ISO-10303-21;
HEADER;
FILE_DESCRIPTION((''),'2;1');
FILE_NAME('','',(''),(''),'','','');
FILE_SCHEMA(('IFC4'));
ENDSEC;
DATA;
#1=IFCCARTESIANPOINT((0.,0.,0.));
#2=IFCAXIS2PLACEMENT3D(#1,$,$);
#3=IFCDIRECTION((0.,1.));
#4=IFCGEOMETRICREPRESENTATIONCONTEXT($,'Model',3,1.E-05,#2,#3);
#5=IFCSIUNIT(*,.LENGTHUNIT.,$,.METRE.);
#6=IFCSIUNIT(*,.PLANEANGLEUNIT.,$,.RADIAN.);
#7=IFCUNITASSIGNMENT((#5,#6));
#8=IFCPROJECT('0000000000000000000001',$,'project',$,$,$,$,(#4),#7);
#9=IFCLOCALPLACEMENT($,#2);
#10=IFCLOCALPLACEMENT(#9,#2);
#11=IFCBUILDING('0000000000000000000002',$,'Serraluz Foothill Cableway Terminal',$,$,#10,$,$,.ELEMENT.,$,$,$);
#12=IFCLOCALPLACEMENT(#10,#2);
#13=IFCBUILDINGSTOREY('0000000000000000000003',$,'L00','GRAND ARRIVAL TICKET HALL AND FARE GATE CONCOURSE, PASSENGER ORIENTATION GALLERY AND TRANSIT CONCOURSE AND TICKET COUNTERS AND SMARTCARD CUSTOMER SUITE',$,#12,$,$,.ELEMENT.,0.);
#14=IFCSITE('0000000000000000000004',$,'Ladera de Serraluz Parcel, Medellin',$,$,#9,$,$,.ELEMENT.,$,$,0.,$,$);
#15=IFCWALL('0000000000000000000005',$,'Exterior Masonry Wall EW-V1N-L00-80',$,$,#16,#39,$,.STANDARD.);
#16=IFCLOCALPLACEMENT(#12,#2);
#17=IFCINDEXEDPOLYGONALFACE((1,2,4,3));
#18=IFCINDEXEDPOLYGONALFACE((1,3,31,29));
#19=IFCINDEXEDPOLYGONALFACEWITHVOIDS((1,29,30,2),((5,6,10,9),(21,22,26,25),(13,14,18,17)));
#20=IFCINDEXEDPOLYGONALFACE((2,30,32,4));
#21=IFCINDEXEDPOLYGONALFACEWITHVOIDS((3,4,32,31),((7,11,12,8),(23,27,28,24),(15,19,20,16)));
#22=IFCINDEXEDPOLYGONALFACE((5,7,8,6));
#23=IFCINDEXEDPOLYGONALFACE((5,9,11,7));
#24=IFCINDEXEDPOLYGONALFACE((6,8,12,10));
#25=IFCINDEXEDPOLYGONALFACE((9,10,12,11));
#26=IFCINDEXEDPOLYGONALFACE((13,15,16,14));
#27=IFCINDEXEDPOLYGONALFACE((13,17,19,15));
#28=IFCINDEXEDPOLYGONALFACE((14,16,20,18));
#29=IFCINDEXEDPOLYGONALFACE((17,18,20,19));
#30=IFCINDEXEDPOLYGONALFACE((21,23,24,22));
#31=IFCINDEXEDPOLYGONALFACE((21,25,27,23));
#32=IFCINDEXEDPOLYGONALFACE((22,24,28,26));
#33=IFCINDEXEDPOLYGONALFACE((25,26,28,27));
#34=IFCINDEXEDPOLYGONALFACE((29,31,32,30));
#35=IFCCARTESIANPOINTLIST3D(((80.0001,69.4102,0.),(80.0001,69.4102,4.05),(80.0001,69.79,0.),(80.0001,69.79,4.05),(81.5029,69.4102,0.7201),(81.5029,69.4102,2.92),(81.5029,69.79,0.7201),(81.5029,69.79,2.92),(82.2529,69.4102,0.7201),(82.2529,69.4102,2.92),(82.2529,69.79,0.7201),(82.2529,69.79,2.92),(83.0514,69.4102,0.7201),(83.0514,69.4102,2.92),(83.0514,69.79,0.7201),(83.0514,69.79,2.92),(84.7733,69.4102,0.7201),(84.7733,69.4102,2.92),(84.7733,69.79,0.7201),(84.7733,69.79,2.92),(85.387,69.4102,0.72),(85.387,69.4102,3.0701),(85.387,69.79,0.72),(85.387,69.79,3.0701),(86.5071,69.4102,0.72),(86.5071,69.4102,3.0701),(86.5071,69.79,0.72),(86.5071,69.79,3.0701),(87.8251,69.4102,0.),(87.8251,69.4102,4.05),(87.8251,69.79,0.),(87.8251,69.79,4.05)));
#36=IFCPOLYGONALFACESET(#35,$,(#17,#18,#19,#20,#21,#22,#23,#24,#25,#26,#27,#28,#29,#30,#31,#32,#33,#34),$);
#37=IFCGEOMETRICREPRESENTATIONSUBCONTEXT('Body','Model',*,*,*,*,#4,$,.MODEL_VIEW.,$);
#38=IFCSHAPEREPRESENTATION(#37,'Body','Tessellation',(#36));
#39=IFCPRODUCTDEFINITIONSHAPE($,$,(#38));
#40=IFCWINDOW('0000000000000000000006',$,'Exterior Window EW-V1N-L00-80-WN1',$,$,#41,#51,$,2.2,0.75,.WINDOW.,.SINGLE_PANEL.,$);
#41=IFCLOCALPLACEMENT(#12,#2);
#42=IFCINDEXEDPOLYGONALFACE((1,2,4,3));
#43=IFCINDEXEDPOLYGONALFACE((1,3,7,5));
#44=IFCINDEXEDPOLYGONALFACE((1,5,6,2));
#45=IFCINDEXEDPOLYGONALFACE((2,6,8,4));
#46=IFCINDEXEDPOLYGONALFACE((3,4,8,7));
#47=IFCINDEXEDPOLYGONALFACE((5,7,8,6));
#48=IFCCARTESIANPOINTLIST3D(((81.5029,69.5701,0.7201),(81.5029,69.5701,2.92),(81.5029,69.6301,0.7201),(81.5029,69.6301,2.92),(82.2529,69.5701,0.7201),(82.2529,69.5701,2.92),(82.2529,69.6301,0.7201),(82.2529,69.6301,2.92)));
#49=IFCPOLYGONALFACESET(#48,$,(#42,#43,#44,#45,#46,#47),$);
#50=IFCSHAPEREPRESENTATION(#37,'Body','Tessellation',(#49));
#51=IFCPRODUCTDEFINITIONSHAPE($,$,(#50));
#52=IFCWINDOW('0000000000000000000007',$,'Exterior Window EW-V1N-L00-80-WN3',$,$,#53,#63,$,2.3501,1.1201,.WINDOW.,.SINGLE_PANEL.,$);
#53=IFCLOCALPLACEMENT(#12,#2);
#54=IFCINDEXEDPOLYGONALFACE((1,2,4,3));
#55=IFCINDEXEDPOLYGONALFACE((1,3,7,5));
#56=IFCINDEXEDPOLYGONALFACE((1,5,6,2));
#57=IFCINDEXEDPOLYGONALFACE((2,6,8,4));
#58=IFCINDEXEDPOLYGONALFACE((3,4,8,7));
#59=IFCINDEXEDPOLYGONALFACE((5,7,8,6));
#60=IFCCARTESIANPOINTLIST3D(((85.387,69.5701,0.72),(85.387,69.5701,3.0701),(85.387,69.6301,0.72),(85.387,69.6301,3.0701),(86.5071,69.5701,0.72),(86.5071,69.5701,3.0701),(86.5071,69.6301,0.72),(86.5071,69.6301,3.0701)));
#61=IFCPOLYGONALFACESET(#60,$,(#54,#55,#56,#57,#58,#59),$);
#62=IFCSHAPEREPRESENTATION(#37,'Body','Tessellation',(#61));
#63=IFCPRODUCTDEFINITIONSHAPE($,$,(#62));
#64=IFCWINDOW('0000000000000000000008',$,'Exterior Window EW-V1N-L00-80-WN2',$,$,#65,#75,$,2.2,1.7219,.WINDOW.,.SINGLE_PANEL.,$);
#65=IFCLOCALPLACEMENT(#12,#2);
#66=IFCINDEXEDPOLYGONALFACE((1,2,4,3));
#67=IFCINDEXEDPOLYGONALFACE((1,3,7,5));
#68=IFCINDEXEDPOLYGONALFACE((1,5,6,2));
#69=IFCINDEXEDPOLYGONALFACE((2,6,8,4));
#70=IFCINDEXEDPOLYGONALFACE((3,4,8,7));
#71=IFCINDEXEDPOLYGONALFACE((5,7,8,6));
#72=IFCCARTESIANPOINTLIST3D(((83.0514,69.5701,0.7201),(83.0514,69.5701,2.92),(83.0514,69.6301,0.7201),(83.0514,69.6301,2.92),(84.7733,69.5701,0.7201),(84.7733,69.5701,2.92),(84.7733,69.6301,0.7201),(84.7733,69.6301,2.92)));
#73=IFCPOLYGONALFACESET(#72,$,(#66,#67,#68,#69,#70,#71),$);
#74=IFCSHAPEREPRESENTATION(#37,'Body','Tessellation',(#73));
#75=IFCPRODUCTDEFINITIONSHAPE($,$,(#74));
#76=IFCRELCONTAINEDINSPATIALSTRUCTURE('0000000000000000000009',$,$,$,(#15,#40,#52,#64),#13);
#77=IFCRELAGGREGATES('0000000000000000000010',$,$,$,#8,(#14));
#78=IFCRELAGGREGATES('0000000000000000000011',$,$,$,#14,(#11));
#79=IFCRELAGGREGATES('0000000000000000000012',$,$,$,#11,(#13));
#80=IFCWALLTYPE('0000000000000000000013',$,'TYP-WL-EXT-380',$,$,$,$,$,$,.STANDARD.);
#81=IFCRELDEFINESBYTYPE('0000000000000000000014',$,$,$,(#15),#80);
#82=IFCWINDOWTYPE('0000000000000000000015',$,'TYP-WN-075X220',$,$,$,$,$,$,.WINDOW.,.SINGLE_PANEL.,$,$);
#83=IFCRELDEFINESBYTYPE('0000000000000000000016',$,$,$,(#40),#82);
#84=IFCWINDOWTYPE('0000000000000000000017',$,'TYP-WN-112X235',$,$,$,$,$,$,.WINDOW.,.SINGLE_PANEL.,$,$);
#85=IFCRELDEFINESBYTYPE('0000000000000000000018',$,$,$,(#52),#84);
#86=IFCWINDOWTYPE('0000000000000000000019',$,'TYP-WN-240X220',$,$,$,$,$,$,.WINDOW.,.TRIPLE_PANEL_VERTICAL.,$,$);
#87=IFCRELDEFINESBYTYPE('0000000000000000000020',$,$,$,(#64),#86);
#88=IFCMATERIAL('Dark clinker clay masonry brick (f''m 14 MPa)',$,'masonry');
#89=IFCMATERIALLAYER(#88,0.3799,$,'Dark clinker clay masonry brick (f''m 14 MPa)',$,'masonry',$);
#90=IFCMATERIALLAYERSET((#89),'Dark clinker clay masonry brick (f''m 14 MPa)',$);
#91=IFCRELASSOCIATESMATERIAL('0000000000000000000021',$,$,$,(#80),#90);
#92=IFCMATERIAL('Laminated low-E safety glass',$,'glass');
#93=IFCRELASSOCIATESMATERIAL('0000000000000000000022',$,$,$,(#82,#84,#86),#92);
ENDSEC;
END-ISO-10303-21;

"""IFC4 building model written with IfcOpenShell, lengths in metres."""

from ifc_helpers import new_model, si_unit, direction, frame, frame_2d, origin, place, context, subcontext, project, spatial, rectangle, extrude, material, layer, layer_set, type_object, element, fill, save


model = new_model("IFC4")

# Units and contexts
model_context = context("Model", 3, precision=1e-05, world=origin(), true_north=direction((0.0, 1.0)))
body_context = subcontext(model_context, "Body", "Model", "MODEL_VIEW")
ifc_project = project(units=[si_unit("LENGTHUNIT", "METRE"), si_unit("PLANEANGLEUNIT", "RADIAN")], contexts=[model_context])

# Site, building, storey
site_placement = place(None, origin())
site = spatial("IfcSite", under=ifc_project, at=site_placement, Name="Ladera de Serraluz Parcel, Medellin", CompositionType="ELEMENT", RefElevation=0.0)
building_placement = place(site_placement, origin())
building = spatial("IfcBuilding", under=site, at=building_placement, Name="Serraluz Foothill Cableway Terminal", CompositionType="ELEMENT")
storey_placement = place(building_placement, origin())
storey = spatial("IfcBuildingStorey", under=building, at=storey_placement, Name="L00", Description="GRAND ARRIVAL TICKET HALL AND FARE GATE CONCOURSE, PASSENGER ORIENTATION GALLERY AND TRANSIT CONCOURSE AND TICKET COUNTERS AND SMARTCARD CUSTOMER SUITE", CompositionType="ELEMENT", Elevation=0.0)

# Shared definitions
ifc_material_1 = material(Name="Dark clinker clay masonry brick (f'm 14 MPa)", Category="masonry")

# Wall, openings, windows
ifc_layer_1 = layer(ifc_material_1, 0.3799, Name="Dark clinker clay masonry brick (f'm 14 MPa)", Category="masonry")
ifc_layer_set_1 = layer_set([ifc_layer_1], Name="Dark clinker clay masonry brick (f'm 14 MPa)")
wall_type = type_object("IfcWallType", Name="TYP-WL-EXT-380", PredefinedType="STANDARD", material=ifc_layer_set_1)
wall_placement = place(storey_placement, frame((80.0, 69.6001, 0.0), z_axis=(0.0, 0.0, 1.0), x_axis=(1.0, 0.0, 0.0)))
wall = element("IfcWall", 1, at=wall_placement, inside=storey, type_object=wall_type, Name="Exterior Masonry Wall EW-V1N-L00-80", PredefinedType="STANDARD", context=body_context, shape_type="SweptSolid", body=[
    extrude(rectangle(XDim=7.825, YDim=0.3799, at=frame_2d((3.9126, 0.0))), origin(), (0.0, 0.0, 1.0), 4.05),
])
opening_1_placement = place(wall_placement, frame((1.5029, 0.0, 0.72)))
opening_1 = element("IfcOpeningElement", 2, at=opening_1_placement, cuts=wall, PredefinedType="OPENING", context=body_context, shape_type="SweptSolid", body=[
    extrude(rectangle(XDim=0.75, YDim=2.2, at=frame_2d((0.375, 1.1001))), frame((0.0, 0.2, 0.0), z_axis=(0.0, -1.0, 0.0), x_axis=(1.0, 0.0, 0.0)), (0.0, 0.0, 1.0), 0.3999),
])
opening_2_placement = place(wall_placement, frame((3.0515, 0.0, 0.72)))
opening_2 = element("IfcOpeningElement", 3, at=opening_2_placement, cuts=wall, PredefinedType="OPENING", context=body_context, shape_type="SweptSolid", body=[
    extrude(rectangle(XDim=1.7219, YDim=2.2, at=frame_2d((0.8608, 1.1001))), frame((0.0, 0.2, 0.0), z_axis=(0.0, -1.0, 0.0), x_axis=(1.0, 0.0, 0.0)), (0.0, 0.0, 1.0), 0.3999),
])
opening_3_placement = place(wall_placement, frame((5.387, 0.0, 0.72)))
opening_3 = element("IfcOpeningElement", 4, at=opening_3_placement, cuts=wall, PredefinedType="OPENING", context=body_context, shape_type="SweptSolid", body=[
    extrude(rectangle(XDim=1.1201, YDim=2.3501, at=frame_2d((0.5601, 1.175))), frame((0.0, 0.2, 0.0), z_axis=(0.0, -1.0, 0.0), x_axis=(1.0, 0.0, 0.0)), (0.0, 0.0, 1.0), 0.3999),
])
ifc_material_2 = material(Name="Laminated low-E safety glass", Category="glass")
window_type_1 = type_object("IfcWindowType", Name="TYP-WN-075X220", PartitioningType="SINGLE_PANEL", PredefinedType="WINDOW", material=ifc_material_2)
window_1_placement = place(opening_1_placement, origin())
window_1 = element("IfcWindow", 5, at=window_1_placement, inside=storey, type_object=window_type_1, Name="Exterior Window EW-V1N-L00-80-WN1", OverallHeight=2.2, OverallWidth=0.75, PartitioningType="SINGLE_PANEL", PredefinedType="WINDOW", context=body_context, shape_type="SweptSolid", body=[
    extrude(rectangle(XDim=0.75, YDim=2.2, at=frame_2d((0.375, 1.1001))), frame((0.0, 0.03, 0.0), z_axis=(0.0, -1.0, 0.0), x_axis=(1.0, 0.0, 0.0)), (0.0, 0.0, 1.0), 0.0601),
])
fill(opening_1, window_1)
window_type_2 = type_object("IfcWindowType", Name="TYP-WN-112X235", PartitioningType="SINGLE_PANEL", PredefinedType="WINDOW", material=ifc_material_2)
window_2_placement = place(opening_3_placement, origin())
window_2 = element("IfcWindow", 6, at=window_2_placement, inside=storey, type_object=window_type_2, Name="Exterior Window EW-V1N-L00-80-WN3", OverallHeight=2.3501, OverallWidth=1.1201, PartitioningType="SINGLE_PANEL", PredefinedType="WINDOW", context=body_context, shape_type="SweptSolid", body=[
    extrude(rectangle(XDim=1.1201, YDim=2.3501, at=frame_2d((0.5601, 1.175))), frame((0.0, 0.03, 0.0), z_axis=(0.0, -1.0, 0.0), x_axis=(1.0, 0.0, 0.0)), (0.0, 0.0, 1.0), 0.0601),
])
fill(opening_3, window_2)
window_type_3 = type_object("IfcWindowType", Name="TYP-WN-240X220", PartitioningType="TRIPLE_PANEL_VERTICAL", PredefinedType="WINDOW", material=ifc_material_2)
window_3_placement = place(opening_2_placement, origin())
window_3 = element("IfcWindow", 7, at=window_3_placement, inside=storey, type_object=window_type_3, Name="Exterior Window EW-V1N-L00-80-WN2", OverallHeight=2.2, OverallWidth=1.7219, PartitioningType="SINGLE_PANEL", PredefinedType="WINDOW", context=body_context, shape_type="SweptSolid", body=[
    extrude(rectangle(XDim=1.7219, YDim=2.2, at=frame_2d((0.8608, 1.1001))), frame((0.0, 0.03, 0.0), z_axis=(0.0, -1.0, 0.0), x_axis=(1.0, 0.0, 0.0)), (0.0, 0.0, 1.0), 0.0601),
])
fill(opening_2, window_3)

save(model, "model.ifc")
